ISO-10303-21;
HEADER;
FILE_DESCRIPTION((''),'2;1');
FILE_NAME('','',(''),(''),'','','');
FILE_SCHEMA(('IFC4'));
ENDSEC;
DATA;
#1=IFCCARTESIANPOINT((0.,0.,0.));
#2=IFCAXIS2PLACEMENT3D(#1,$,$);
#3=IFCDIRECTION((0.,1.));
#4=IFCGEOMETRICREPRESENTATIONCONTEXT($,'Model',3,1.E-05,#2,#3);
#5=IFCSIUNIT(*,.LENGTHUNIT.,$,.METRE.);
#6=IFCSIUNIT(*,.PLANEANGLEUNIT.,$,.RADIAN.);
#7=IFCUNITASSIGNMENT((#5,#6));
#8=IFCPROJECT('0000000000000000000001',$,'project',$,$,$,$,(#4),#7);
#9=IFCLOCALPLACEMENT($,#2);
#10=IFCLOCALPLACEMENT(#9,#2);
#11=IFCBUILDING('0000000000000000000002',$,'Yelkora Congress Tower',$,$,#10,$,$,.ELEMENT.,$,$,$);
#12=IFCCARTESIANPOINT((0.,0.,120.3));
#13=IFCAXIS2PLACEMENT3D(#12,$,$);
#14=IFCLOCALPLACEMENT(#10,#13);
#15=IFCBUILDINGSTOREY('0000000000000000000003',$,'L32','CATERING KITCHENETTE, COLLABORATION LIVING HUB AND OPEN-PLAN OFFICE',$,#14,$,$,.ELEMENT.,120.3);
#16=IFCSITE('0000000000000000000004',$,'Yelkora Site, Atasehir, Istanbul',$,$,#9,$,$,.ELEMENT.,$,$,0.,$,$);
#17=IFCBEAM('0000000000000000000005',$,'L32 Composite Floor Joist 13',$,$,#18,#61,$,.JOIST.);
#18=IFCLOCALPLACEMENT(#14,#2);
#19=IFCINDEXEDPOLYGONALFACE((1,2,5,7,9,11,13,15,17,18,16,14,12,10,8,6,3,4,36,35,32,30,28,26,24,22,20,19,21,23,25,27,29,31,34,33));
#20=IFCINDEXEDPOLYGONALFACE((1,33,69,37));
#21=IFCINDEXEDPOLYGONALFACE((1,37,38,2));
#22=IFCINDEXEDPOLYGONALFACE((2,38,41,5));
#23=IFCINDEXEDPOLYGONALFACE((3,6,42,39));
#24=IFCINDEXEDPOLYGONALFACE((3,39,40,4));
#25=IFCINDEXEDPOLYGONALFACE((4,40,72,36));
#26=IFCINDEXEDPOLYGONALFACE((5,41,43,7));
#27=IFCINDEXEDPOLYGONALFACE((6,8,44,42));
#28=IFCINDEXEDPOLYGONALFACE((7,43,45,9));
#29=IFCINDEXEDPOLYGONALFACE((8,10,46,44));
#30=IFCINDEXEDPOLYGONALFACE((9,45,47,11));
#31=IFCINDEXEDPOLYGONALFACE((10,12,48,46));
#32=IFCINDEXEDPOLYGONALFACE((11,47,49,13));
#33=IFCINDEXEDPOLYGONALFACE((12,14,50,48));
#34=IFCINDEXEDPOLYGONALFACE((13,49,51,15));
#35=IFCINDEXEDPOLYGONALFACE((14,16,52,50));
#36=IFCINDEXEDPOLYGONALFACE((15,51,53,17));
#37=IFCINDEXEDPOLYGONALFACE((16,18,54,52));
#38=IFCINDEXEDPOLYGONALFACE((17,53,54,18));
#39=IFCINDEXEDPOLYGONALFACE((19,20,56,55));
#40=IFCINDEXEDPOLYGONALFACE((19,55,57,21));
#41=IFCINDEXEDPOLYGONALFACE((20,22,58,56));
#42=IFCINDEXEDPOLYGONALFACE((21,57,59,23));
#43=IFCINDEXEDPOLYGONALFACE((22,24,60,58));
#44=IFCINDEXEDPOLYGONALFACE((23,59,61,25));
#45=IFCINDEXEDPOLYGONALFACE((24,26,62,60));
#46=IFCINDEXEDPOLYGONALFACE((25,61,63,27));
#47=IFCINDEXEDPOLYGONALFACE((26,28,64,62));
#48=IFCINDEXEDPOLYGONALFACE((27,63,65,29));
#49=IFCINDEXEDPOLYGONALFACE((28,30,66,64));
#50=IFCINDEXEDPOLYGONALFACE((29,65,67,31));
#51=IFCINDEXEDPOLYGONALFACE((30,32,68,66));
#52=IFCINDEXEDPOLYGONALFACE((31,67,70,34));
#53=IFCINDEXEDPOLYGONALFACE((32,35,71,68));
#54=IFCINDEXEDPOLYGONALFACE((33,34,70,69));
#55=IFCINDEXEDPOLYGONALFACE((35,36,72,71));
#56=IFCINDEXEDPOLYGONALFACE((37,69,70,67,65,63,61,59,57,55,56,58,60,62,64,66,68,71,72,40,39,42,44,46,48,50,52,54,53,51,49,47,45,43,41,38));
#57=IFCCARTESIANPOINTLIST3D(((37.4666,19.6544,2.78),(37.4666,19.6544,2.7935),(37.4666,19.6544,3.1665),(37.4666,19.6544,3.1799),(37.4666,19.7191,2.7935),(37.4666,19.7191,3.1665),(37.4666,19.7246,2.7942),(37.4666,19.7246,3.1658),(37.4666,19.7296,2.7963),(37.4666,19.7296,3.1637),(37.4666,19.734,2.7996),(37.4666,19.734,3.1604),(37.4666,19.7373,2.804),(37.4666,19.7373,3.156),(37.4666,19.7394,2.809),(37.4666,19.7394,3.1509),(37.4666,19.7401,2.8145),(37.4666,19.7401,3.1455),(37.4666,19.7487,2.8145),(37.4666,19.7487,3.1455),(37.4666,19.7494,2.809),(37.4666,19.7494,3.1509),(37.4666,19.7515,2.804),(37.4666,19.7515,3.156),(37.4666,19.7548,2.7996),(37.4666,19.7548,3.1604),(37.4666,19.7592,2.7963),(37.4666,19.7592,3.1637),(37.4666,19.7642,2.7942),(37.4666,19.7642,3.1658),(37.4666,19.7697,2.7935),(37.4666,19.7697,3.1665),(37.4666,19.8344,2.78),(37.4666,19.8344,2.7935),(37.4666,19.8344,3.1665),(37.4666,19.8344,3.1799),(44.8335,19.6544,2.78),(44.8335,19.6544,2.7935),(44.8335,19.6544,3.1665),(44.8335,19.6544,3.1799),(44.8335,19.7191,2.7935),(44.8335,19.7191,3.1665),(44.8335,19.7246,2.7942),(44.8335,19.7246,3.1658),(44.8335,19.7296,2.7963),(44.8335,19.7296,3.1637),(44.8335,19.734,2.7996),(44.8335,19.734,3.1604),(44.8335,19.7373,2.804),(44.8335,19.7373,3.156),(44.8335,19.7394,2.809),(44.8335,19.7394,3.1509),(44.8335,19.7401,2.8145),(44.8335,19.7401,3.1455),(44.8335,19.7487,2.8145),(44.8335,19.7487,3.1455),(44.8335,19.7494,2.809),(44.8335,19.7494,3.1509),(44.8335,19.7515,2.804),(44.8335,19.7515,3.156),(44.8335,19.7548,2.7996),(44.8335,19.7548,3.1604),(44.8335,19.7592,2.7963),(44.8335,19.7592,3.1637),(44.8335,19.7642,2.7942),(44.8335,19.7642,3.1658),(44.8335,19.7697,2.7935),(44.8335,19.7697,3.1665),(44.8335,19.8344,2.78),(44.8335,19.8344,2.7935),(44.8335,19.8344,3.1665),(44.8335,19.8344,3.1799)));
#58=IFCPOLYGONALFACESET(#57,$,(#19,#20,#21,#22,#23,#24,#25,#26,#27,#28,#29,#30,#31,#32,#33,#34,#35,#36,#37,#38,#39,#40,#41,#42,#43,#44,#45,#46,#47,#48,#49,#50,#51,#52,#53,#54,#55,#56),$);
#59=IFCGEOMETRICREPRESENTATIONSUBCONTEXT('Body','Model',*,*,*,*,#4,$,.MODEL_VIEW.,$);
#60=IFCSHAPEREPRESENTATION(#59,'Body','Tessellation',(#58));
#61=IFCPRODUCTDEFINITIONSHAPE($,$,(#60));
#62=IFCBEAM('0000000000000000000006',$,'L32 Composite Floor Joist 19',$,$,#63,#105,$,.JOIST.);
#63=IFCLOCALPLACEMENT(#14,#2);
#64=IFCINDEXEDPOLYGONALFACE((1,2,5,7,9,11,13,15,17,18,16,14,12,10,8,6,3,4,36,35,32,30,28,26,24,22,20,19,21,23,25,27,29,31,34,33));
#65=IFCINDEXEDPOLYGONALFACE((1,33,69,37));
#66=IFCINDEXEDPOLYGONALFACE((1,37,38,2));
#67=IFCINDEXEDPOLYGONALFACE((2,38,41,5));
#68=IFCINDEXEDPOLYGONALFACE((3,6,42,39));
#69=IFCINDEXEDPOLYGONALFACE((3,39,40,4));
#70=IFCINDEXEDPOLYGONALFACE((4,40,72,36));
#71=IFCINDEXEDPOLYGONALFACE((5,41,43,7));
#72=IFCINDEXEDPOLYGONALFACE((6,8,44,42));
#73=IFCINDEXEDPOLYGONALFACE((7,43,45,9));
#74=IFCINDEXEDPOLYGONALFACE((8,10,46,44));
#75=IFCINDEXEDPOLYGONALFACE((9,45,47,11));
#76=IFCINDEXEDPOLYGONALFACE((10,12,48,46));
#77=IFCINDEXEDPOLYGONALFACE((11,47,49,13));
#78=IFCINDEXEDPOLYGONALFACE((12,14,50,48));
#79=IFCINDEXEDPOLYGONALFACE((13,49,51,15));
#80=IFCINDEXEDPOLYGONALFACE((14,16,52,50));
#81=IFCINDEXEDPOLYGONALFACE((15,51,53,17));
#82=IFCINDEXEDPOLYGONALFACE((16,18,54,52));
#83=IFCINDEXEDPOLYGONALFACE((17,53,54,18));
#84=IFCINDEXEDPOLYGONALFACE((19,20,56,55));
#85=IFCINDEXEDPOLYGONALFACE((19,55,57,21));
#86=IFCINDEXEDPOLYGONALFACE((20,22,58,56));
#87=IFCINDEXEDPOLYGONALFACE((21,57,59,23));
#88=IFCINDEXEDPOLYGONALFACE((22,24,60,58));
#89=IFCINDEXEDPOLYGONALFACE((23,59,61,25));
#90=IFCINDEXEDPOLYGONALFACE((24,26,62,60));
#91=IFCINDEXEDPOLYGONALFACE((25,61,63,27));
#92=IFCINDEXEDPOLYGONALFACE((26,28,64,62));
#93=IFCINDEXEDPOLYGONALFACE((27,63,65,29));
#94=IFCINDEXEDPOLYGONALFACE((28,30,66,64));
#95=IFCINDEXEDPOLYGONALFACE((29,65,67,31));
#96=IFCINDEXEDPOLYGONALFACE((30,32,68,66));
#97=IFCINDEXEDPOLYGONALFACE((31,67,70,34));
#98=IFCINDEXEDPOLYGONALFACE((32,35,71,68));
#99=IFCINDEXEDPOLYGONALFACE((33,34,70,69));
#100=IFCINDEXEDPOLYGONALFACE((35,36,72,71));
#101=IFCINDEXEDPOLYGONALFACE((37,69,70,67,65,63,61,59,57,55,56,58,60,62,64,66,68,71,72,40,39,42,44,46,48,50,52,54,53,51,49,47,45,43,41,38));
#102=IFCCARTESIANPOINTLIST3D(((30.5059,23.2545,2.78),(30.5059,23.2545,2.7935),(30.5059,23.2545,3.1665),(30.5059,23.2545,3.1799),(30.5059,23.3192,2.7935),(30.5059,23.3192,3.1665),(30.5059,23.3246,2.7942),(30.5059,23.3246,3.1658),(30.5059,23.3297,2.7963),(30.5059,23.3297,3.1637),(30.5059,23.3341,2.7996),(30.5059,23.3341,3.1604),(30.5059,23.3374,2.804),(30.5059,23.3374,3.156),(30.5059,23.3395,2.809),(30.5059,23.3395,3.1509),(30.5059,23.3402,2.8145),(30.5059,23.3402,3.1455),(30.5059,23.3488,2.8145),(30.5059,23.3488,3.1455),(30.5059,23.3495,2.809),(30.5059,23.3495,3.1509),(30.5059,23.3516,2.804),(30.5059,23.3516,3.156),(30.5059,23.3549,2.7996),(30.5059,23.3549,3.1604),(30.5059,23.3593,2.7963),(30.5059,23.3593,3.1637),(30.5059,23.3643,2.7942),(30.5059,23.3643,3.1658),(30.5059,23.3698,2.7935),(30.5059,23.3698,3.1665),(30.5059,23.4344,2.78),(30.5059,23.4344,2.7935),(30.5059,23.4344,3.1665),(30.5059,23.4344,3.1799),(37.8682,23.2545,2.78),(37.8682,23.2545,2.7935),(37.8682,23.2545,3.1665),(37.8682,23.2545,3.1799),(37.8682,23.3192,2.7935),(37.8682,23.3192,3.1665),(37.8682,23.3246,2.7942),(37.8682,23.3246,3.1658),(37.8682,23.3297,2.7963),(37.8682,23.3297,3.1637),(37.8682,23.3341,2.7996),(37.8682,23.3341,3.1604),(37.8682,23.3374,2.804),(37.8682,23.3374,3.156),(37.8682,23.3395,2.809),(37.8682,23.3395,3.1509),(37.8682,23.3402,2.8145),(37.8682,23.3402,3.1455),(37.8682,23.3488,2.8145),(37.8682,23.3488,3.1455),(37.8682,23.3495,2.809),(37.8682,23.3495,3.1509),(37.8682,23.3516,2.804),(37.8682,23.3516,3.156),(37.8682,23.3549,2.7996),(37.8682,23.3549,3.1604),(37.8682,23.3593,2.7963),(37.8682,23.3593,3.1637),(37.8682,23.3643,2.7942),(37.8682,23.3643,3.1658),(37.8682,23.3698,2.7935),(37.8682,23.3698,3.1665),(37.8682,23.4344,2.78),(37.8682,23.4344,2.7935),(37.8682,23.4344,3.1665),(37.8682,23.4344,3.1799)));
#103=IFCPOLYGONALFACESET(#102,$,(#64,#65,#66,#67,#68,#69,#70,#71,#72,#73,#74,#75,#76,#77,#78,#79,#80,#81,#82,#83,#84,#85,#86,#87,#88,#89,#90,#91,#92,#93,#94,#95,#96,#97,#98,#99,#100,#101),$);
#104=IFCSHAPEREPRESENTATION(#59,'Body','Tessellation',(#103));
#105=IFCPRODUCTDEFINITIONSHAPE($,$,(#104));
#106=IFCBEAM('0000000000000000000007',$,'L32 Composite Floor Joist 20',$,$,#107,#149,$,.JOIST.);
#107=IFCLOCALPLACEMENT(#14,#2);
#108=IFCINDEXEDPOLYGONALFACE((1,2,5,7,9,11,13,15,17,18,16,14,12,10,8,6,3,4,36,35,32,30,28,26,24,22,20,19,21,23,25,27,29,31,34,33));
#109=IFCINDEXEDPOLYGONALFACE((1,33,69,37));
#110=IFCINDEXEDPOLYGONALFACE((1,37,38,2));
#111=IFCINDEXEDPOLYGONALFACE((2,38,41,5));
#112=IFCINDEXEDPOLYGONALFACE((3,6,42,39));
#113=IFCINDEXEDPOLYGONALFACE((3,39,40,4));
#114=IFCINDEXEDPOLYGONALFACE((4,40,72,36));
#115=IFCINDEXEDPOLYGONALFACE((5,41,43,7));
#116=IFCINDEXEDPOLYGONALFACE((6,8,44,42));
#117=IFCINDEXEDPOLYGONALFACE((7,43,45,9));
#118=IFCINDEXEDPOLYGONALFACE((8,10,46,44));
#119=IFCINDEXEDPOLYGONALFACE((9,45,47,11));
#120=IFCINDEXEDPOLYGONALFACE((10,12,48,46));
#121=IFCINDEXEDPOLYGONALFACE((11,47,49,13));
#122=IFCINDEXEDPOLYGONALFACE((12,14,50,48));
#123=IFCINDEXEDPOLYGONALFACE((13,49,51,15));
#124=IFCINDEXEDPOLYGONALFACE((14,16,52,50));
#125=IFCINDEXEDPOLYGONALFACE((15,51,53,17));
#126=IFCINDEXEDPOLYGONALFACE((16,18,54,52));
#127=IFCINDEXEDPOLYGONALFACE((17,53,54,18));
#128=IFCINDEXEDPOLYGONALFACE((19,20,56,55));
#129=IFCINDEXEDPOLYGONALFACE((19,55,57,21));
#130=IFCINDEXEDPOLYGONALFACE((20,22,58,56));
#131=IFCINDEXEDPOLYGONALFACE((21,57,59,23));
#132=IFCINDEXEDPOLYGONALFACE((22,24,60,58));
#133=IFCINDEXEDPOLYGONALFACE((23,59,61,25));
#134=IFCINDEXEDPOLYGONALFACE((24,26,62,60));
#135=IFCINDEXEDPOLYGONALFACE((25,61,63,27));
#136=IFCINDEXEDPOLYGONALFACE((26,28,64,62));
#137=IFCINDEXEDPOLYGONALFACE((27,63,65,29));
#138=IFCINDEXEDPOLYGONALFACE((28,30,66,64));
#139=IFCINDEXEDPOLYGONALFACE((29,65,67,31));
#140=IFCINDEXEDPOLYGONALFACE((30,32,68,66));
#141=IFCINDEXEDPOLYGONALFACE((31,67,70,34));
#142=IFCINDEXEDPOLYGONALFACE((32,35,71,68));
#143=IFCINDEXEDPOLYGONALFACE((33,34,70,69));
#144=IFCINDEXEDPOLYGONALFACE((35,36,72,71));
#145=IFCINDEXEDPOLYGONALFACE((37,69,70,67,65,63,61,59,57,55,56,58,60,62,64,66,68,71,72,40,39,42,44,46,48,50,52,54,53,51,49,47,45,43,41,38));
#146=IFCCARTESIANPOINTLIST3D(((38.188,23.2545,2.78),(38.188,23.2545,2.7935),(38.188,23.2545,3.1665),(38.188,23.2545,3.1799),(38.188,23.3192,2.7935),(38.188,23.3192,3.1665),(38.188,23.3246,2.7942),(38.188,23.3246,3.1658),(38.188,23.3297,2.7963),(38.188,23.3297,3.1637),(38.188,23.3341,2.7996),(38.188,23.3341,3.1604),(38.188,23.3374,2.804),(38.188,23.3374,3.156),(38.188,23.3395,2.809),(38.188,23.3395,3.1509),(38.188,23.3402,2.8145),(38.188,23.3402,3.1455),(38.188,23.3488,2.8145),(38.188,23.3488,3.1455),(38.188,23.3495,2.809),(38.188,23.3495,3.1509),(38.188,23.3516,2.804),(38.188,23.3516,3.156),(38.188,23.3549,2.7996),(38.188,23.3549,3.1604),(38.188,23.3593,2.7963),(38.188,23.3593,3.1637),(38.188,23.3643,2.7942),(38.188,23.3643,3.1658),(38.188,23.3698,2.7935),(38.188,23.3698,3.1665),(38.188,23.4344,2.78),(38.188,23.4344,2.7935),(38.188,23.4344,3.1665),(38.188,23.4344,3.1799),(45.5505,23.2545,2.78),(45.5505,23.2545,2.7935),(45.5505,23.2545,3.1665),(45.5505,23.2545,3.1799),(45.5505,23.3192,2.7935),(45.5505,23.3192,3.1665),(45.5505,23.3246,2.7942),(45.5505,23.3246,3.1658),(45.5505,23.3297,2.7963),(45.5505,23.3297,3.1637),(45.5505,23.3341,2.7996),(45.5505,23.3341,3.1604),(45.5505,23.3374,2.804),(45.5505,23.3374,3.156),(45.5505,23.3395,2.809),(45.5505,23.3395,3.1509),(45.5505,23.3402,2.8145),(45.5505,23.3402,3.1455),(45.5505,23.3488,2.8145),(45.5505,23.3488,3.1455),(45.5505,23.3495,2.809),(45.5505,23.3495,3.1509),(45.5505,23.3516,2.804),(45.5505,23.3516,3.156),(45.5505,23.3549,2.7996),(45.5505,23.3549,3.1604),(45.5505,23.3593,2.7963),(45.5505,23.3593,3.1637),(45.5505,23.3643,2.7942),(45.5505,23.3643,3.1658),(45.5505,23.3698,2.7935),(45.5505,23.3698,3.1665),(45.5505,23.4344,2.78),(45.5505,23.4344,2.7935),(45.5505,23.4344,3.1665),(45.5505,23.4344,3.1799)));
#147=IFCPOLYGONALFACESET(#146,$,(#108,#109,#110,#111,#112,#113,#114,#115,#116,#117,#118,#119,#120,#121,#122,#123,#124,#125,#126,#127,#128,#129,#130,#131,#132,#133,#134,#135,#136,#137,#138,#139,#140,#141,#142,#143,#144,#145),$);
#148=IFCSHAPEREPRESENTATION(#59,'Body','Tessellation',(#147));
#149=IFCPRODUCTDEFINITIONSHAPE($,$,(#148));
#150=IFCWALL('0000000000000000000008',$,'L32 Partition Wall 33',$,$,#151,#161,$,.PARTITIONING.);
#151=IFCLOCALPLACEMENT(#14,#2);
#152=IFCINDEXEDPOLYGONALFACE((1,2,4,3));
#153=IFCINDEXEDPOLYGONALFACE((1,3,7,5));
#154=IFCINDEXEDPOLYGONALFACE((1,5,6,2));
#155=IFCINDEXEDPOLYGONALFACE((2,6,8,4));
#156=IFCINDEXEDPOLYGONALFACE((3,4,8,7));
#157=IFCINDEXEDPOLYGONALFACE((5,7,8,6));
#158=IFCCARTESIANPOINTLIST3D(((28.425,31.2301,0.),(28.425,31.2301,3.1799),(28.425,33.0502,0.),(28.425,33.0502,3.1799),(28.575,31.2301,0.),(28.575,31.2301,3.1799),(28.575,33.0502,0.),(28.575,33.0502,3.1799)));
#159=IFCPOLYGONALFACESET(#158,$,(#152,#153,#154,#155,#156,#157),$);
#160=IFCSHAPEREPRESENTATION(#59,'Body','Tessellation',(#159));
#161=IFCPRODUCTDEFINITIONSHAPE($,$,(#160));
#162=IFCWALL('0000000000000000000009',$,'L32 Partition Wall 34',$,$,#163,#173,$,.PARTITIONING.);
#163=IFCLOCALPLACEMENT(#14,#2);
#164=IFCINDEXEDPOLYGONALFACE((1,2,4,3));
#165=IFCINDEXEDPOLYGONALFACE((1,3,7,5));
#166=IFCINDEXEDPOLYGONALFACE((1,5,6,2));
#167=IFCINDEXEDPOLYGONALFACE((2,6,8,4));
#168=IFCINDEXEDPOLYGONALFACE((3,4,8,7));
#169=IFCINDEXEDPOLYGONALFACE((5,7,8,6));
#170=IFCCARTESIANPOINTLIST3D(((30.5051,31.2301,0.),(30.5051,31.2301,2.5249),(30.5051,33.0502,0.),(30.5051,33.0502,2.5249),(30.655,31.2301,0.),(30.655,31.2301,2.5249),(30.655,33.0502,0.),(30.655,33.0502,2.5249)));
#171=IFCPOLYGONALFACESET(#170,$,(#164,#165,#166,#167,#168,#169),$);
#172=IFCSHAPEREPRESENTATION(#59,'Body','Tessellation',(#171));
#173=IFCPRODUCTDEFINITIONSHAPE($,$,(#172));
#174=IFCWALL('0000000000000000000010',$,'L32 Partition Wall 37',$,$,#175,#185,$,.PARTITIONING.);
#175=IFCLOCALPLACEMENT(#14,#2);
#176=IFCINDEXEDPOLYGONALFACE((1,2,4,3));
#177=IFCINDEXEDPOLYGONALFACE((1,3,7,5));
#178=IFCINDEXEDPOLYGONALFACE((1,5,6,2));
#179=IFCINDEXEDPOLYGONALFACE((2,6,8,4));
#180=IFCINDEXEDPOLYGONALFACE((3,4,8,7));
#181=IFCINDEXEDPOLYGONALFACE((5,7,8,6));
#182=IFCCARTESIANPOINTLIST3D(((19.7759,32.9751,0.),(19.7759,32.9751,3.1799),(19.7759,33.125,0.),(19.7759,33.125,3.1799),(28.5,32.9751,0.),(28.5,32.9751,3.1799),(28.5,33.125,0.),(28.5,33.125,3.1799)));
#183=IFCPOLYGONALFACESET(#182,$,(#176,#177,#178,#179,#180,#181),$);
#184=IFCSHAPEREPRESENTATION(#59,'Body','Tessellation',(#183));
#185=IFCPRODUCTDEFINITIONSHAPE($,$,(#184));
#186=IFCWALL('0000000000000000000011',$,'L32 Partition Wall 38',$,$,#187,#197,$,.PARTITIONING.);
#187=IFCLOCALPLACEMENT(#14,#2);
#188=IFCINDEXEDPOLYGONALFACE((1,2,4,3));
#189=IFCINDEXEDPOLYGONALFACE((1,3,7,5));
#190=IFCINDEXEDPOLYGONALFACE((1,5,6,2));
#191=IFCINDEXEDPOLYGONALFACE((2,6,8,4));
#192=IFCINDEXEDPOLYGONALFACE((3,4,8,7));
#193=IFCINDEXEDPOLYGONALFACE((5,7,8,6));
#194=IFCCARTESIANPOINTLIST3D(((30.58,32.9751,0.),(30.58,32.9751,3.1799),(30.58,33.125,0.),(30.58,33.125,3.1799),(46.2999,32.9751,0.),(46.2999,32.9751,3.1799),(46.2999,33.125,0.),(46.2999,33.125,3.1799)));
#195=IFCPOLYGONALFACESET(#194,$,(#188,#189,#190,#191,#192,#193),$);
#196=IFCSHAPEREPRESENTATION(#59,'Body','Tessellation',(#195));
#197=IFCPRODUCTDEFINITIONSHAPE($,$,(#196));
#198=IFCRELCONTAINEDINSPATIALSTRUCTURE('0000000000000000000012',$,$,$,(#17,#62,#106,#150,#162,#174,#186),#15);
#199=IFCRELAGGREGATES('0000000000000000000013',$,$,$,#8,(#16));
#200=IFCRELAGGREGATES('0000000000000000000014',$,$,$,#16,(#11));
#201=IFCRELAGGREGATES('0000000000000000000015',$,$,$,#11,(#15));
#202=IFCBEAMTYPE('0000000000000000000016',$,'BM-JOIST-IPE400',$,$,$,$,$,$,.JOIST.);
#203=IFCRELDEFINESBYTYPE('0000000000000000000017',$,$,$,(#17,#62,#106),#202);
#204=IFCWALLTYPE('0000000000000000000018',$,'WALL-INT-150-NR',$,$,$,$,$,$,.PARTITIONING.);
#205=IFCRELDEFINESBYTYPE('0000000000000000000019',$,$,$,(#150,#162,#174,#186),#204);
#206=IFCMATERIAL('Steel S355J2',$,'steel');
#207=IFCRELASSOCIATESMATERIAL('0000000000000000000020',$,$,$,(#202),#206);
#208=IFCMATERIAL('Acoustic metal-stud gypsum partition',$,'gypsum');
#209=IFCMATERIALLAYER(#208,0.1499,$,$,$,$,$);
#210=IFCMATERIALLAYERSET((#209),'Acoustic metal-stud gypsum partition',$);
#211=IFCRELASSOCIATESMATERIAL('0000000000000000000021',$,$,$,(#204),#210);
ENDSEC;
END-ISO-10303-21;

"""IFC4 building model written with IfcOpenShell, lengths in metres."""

from ifc_helpers import new_model, si_unit, direction, frame, frame_2d, origin, origin_2d, place, context, subcontext, project, spatial, rectangle, i_section, extrude, material, layer, layer_set, material_profile, profile_set, type_object, element, save


model = new_model("IFC4")

# Units and contexts
model_context = context("Model", 3, precision=1e-05, world=origin(), true_north=direction((0.0, 1.0)))
body_context = subcontext(model_context, "Body", "Model", "MODEL_VIEW")
ifc_project = project(units=[si_unit("LENGTHUNIT", "METRE"), si_unit("PLANEANGLEUNIT", "RADIAN")], contexts=[model_context])

# Site, building, storey
site_placement = place(None, origin())
site = spatial("IfcSite", under=ifc_project, at=site_placement, Name="Yelkora Site, Atasehir, Istanbul", CompositionType="ELEMENT", RefElevation=0.0)
building_placement = place(site_placement, origin())
building = spatial("IfcBuilding", under=site, at=building_placement, Name="Yelkora Congress Tower", CompositionType="ELEMENT")
storey_placement = place(building_placement, frame((0.0, 0.0, 120.3)))
storey = spatial("IfcBuildingStorey", under=building, at=storey_placement, Name="L32", Description="CATERING KITCHENETTE, COLLABORATION LIVING HUB AND OPEN-PLAN OFFICE", CompositionType="ELEMENT", Elevation=120.3)

# Beams
ifc_material_1 = material(Name="Steel S355J2", Category="steel")
ifc_material_profile_1 = material_profile(ifc_material_1, i_section(OverallWidth=0.1799, OverallDepth=0.3999, WebThickness=0.0085, FlangeThickness=0.0134, FilletRadius=0.021, at=origin_2d()), Name="IPE 400")
ifc_profile_set_1 = profile_set([ifc_material_profile_1], Name="Steel S355J2")
beam_type_1 = type_object("IfcBeamType", Name="BM-JOIST-IPE400", PredefinedType="JOIST", material=ifc_profile_set_1)
beam_1_placement = place(storey_placement, frame((37.4666, 19.7444, 2.98), z_axis=(1.0, 0.0, 0.0), x_axis=(0.0, 1.0, 0.0)))
element("IfcBeam", 1, at=beam_1_placement, inside=storey, type_object=beam_type_1, Name="L32 Composite Floor Joist 13", PredefinedType="JOIST", context=body_context, shape_type="SweptSolid", body=[
    extrude(i_section(OverallWidth=0.1799, OverallDepth=0.3999, WebThickness=0.0085, FlangeThickness=0.0134, FilletRadius=0.021, at=origin_2d()), origin(), (0.0, 0.0, 1.0), 7.3669),
])
beam_2_placement = place(storey_placement, frame((30.5059, 23.3445, 2.98), z_axis=(1.0, 0.0, 0.0), x_axis=(0.0, 1.0, 0.0)))
element("IfcBeam", 2, at=beam_2_placement, inside=storey, type_object=beam_type_1, Name="L32 Composite Floor Joist 19", PredefinedType="JOIST", context=body_context, shape_type="SweptSolid", body=[
    extrude(i_section(OverallWidth=0.1799, OverallDepth=0.3999, WebThickness=0.0085, FlangeThickness=0.0134, FilletRadius=0.021, at=origin_2d()), origin(), (0.0, 0.0, 1.0), 7.3623),
])
beam_3_placement = place(storey_placement, frame((38.188, 23.3445, 2.98), z_axis=(1.0, 0.0, 0.0), x_axis=(0.0, 1.0, 0.0)))
element("IfcBeam", 3, at=beam_3_placement, inside=storey, type_object=beam_type_1, Name="L32 Composite Floor Joist 20", PredefinedType="JOIST", context=body_context, shape_type="SweptSolid", body=[
    extrude(i_section(OverallWidth=0.1799, OverallDepth=0.3999, WebThickness=0.0085, FlangeThickness=0.0134, FilletRadius=0.021, at=origin_2d()), origin(), (0.0, 0.0, 1.0), 7.3625),
])

# Walls
ifc_material_2 = material(Name="Acoustic metal-stud gypsum partition", Category="gypsum")
ifc_layer = layer(ifc_material_2, 0.1499)
ifc_layer_set = layer_set([ifc_layer], Name="Acoustic metal-stud gypsum partition")
wall_type = type_object("IfcWallType", Name="WALL-INT-150-NR", PredefinedType="PARTITIONING", material=ifc_layer_set)
wall_1_placement = place(storey_placement, frame((28.5, 31.23, 0.0), z_axis=(0.0, 0.0, 1.0), x_axis=(0.0, 1.0, 0.0)))
element("IfcWall", 4, at=wall_1_placement, inside=storey, type_object=wall_type, Name="L32 Partition Wall 33", PredefinedType="PARTITIONING", context=body_context, shape_type="SweptSolid", body=[
    extrude(rectangle(XDim=1.8201, YDim=0.1499, at=frame_2d((0.9102, 0.0))), origin(), (0.0, 0.0, 1.0), 3.1799),
])
wall_2_placement = place(storey_placement, frame((30.5801, 31.23, 0.0), z_axis=(0.0, 0.0, 1.0), x_axis=(0.0, 1.0, 0.0)))
element("IfcWall", 5, at=wall_2_placement, inside=storey, type_object=wall_type, Name="L32 Partition Wall 34", PredefinedType="PARTITIONING", context=body_context, shape_type="SweptSolid", body=[
    extrude(rectangle(XDim=1.8201, YDim=0.1499, at=frame_2d((0.9102, 0.0))), origin(), (0.0, 0.0, 1.0), 2.5249),
])
wall_3_placement = place(storey_placement, frame((19.7759, 33.05, 0.0), z_axis=(0.0, 0.0, 1.0), x_axis=(1.0, 0.0, 0.0)))
element("IfcWall", 6, at=wall_3_placement, inside=storey, type_object=wall_type, Name="L32 Partition Wall 37", PredefinedType="PARTITIONING", context=body_context, shape_type="SweptSolid", body=[
    extrude(rectangle(XDim=8.7241, YDim=0.1499, at=frame_2d((4.3621, 0.0))), origin(), (0.0, 0.0, 1.0), 3.1799),
])
wall_4_placement = place(storey_placement, frame((30.5801, 33.05, 0.0), z_axis=(0.0, 0.0, 1.0), x_axis=(1.0, 0.0, 0.0)))
element("IfcWall", 7, at=wall_4_placement, inside=storey, type_object=wall_type, Name="L32 Partition Wall 38", PredefinedType="PARTITIONING", context=body_context, shape_type="SweptSolid", body=[
    extrude(rectangle(XDim=15.72, YDim=0.1499, at=frame_2d((7.8599, 0.0))), origin(), (0.0, 0.0, 1.0), 3.1799),
])

save(model, "model.ifc")
